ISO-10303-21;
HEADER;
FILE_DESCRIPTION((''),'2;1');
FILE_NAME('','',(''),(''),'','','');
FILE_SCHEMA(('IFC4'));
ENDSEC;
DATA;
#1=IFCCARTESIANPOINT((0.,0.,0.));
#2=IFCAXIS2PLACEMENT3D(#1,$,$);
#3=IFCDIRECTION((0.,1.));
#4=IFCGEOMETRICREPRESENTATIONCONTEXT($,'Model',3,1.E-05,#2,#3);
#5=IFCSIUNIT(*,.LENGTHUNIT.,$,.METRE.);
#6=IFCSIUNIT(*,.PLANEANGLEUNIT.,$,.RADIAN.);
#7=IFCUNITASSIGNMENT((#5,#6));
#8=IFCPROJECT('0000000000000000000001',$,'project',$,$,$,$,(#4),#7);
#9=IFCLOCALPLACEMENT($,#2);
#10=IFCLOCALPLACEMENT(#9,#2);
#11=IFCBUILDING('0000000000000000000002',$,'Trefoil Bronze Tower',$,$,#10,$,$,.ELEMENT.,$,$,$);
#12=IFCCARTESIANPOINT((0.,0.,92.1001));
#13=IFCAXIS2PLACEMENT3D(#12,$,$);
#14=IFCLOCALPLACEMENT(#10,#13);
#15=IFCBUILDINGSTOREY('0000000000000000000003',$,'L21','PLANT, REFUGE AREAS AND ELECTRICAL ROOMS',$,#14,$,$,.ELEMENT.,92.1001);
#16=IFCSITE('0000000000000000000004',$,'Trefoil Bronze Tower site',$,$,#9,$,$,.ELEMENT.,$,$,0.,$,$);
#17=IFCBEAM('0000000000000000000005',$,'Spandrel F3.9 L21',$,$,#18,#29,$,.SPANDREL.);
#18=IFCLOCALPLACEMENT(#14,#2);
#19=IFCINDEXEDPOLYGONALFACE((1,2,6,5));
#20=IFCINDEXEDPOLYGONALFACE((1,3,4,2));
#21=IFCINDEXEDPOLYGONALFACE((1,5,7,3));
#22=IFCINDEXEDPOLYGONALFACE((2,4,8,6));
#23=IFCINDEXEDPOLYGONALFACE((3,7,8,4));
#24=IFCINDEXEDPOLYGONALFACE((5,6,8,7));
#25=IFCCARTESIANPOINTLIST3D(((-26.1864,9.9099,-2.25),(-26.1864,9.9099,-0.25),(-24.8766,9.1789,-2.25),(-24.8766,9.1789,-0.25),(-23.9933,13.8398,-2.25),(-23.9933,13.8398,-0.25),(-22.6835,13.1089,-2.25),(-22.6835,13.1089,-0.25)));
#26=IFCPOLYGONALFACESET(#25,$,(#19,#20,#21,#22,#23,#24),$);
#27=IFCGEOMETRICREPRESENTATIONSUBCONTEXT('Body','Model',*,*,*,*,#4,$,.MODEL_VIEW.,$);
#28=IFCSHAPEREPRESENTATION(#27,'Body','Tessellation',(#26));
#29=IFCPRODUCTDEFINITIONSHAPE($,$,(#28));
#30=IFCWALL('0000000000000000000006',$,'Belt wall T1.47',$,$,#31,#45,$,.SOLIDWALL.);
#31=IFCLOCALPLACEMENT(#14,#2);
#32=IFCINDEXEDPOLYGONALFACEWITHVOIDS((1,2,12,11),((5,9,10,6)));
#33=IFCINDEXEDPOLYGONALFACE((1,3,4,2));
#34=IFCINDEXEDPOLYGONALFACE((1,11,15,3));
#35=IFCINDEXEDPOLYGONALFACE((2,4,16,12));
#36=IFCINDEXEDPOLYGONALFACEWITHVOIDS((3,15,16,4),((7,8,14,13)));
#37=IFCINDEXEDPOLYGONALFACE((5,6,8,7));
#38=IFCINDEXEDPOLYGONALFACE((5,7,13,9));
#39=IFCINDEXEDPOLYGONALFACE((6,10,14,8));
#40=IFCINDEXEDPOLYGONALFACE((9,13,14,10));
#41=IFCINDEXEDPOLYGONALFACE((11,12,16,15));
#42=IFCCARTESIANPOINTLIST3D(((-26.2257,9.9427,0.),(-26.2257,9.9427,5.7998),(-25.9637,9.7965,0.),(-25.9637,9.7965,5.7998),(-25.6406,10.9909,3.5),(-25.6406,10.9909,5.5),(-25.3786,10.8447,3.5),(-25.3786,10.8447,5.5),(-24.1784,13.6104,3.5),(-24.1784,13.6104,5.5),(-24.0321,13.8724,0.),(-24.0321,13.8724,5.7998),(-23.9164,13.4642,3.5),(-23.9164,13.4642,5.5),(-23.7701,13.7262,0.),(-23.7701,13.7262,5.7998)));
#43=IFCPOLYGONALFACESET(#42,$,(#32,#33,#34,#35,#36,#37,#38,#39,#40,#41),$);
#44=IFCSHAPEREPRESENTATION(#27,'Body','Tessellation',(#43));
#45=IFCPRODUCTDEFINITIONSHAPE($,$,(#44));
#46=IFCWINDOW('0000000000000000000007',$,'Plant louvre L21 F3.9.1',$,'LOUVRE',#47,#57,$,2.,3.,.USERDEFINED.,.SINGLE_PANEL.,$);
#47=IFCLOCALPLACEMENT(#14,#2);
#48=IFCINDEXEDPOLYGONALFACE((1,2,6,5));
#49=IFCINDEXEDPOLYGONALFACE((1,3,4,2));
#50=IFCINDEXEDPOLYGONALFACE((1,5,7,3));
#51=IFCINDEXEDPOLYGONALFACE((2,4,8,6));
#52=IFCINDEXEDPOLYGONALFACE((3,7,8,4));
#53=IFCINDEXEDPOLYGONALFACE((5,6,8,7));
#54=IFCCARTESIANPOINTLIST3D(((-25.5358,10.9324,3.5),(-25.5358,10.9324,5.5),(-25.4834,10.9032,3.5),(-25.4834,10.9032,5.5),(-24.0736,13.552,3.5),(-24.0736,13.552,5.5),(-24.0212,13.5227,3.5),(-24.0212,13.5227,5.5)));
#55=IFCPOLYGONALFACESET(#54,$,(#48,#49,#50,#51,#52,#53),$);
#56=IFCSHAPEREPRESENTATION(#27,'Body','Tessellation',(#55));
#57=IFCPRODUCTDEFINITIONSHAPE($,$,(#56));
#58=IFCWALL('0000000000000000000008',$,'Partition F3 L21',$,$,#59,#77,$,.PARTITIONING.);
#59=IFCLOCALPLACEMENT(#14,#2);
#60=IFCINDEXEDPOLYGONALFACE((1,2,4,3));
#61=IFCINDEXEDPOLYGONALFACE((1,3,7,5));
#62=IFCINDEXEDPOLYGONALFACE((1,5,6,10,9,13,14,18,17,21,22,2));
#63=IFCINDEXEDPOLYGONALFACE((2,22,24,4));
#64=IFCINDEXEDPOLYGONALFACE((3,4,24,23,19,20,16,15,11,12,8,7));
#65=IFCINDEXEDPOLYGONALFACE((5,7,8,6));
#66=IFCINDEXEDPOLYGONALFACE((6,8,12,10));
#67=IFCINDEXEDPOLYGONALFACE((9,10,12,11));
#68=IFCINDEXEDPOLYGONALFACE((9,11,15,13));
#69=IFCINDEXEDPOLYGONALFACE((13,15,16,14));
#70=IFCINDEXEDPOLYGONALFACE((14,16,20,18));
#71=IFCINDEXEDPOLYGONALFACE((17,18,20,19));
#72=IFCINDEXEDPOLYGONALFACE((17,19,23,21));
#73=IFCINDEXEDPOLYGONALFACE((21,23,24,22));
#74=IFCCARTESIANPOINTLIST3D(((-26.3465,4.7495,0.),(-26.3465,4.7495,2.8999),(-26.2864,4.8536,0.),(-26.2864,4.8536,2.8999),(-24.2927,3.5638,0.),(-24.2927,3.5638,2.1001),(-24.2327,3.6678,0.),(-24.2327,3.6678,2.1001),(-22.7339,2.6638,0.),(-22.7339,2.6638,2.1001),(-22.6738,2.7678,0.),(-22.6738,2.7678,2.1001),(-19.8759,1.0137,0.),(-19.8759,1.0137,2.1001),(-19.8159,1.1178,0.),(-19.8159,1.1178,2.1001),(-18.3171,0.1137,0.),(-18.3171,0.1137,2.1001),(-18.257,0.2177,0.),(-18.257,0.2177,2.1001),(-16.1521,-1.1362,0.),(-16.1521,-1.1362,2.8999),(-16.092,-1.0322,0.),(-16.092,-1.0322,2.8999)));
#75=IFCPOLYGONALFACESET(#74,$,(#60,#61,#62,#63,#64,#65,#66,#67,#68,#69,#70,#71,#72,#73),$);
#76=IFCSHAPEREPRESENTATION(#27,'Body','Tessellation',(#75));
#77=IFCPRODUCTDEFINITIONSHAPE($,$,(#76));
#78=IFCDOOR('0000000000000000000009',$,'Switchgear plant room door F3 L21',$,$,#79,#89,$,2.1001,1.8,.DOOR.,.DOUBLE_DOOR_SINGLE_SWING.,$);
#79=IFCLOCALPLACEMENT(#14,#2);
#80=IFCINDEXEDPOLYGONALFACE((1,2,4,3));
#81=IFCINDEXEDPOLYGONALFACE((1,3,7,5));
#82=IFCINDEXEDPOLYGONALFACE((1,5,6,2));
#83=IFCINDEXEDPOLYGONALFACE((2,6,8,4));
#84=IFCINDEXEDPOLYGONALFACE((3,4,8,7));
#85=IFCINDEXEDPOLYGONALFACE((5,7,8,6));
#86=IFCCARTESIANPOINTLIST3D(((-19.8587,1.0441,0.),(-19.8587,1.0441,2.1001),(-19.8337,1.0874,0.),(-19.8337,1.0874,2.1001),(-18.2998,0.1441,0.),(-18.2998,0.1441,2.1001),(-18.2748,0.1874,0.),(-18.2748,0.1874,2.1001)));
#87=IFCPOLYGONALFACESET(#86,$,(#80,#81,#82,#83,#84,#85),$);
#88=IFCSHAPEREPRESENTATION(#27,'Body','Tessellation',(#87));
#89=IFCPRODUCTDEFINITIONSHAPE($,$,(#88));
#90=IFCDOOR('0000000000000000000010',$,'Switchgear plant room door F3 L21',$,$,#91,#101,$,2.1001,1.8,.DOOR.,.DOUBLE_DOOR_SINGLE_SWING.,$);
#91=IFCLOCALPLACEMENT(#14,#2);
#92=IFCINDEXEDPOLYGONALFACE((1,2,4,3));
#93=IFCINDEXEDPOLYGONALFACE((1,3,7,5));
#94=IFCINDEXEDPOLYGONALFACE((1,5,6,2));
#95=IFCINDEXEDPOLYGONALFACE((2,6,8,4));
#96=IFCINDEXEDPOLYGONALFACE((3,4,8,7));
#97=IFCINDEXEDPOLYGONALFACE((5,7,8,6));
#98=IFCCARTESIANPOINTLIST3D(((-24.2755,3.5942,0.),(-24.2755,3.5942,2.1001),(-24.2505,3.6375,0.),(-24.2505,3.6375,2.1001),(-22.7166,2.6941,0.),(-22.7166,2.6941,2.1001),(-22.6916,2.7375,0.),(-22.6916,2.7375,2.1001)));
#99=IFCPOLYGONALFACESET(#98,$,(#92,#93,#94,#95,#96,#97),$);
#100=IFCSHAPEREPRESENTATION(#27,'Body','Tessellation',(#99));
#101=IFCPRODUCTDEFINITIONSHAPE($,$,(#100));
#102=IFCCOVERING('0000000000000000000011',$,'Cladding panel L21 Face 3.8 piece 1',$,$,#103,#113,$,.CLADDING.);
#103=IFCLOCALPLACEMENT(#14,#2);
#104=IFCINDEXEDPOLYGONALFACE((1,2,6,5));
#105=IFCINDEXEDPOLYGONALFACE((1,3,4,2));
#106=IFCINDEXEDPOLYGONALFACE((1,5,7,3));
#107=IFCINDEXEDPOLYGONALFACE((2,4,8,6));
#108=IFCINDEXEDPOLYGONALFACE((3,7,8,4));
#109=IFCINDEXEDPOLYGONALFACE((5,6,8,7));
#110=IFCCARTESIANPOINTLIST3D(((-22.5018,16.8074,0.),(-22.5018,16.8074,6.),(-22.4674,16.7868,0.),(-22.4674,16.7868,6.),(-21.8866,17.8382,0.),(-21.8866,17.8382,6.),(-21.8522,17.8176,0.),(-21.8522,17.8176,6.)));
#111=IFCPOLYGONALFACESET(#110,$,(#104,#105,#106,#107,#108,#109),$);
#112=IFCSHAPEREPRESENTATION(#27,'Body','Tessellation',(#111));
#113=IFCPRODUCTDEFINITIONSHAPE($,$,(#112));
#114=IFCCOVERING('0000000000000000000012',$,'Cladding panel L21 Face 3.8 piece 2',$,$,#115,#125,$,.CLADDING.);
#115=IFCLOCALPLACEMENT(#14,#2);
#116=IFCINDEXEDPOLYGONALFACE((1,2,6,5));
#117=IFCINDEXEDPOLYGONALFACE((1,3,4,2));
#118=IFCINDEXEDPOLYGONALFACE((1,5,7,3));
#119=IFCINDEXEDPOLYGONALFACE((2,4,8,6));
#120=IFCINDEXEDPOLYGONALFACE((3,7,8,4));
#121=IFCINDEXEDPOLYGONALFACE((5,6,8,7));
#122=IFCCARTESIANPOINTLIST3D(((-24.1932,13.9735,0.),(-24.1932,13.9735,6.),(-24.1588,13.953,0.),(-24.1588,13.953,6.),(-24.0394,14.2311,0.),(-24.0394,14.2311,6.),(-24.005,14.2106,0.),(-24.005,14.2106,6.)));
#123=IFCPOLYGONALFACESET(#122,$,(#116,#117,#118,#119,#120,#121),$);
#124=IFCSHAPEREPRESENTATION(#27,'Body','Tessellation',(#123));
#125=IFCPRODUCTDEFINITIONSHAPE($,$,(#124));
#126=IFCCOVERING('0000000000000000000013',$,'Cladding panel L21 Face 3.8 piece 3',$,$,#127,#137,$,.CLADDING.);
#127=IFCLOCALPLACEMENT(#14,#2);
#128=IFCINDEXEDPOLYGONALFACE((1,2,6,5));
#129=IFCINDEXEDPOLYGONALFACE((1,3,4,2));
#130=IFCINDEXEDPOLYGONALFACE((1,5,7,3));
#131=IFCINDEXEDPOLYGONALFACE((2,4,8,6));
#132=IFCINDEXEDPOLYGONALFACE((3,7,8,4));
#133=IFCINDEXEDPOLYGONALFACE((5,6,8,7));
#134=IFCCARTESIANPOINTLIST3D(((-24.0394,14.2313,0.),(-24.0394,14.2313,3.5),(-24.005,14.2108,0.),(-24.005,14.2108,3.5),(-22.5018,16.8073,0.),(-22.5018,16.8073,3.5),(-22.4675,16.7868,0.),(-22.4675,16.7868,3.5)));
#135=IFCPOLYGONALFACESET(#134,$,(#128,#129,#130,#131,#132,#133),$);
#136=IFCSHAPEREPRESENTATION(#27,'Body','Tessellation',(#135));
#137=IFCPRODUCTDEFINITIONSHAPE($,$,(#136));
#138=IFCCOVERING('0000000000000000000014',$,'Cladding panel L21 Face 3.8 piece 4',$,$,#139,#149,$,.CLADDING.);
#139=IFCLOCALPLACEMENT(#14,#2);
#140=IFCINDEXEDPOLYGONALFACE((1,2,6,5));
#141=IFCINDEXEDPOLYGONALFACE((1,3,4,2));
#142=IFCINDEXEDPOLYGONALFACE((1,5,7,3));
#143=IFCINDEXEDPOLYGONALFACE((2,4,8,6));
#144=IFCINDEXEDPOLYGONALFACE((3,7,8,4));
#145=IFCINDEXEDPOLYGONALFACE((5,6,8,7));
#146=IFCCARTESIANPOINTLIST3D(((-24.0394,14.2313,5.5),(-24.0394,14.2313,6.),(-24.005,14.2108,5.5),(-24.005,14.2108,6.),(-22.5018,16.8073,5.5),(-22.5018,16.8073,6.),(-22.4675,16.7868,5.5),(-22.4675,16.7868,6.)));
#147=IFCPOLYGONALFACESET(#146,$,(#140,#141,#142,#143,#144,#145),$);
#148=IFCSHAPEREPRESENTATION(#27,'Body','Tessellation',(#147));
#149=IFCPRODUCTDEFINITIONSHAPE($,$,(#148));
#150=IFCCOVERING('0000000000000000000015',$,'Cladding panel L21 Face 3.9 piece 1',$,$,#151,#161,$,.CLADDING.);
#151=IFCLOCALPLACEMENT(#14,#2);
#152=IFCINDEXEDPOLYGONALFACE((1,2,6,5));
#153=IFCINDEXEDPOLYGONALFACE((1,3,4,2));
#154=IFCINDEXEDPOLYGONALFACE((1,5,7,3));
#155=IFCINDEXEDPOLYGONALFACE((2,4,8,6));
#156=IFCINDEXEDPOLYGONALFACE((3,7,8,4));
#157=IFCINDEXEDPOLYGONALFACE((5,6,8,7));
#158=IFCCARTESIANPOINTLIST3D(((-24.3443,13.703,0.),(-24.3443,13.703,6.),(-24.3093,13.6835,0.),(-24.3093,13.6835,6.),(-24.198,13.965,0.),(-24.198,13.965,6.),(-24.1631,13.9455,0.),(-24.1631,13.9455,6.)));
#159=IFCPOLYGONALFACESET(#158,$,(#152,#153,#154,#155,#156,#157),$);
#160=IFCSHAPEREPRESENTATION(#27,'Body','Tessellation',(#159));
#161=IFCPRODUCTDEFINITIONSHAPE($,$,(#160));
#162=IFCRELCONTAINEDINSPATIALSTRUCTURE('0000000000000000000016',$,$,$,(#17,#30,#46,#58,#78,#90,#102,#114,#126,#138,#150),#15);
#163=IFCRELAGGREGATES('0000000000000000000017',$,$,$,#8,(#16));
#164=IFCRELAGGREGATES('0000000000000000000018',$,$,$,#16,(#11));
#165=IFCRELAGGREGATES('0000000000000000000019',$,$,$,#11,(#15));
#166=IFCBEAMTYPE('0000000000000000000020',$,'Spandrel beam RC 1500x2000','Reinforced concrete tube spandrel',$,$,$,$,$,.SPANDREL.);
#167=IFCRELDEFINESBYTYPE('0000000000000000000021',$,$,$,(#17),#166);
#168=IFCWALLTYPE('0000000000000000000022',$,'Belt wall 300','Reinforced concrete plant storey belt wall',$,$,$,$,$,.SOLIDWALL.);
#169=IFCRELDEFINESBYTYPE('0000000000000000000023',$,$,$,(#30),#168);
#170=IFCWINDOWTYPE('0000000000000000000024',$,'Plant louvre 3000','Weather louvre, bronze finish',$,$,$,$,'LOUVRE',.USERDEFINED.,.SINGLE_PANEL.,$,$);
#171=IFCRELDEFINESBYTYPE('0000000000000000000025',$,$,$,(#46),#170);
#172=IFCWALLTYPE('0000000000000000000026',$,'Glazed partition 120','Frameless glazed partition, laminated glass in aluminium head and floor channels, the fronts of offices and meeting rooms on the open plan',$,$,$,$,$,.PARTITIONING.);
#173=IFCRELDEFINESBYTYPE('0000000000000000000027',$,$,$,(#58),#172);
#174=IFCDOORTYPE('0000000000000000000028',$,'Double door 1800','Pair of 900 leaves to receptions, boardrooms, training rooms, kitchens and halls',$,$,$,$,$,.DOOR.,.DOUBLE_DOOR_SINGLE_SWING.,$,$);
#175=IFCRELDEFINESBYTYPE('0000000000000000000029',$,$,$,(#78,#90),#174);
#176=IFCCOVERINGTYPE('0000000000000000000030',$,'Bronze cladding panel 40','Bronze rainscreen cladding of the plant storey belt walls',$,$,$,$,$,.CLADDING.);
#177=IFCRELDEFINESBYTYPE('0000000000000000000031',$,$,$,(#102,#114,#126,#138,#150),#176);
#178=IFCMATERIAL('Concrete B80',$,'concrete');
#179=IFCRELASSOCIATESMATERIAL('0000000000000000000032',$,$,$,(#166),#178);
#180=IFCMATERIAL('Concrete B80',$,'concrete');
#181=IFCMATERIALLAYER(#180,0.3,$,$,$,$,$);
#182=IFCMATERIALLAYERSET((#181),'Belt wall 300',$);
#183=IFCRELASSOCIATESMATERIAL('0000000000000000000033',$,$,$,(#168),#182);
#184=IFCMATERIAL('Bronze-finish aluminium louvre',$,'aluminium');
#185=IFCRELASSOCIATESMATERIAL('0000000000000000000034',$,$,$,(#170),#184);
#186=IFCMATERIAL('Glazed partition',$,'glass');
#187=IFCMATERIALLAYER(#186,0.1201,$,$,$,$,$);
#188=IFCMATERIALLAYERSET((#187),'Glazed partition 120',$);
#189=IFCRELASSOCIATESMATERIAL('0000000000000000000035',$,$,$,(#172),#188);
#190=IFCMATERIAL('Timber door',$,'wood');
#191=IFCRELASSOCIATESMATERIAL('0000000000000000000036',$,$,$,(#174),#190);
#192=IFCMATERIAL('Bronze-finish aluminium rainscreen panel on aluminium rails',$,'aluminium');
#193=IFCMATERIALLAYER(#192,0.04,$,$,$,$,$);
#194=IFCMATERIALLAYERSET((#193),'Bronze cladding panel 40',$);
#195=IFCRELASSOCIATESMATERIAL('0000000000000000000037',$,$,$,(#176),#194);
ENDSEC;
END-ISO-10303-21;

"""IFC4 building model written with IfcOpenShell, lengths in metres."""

from ifc_helpers import new_model, si_unit, direction, frame, frame_2d, origin, origin_2d, place, context, subcontext, project, spatial, rectangle, extrude, material, layer, layer_set, material_profile, profile_set, type_object, element, fill, save


model = new_model("IFC4")

# Units and contexts
model_context = context("Model", 3, precision=1e-05, world=origin(), true_north=direction((0.0, 1.0)))
body_context = subcontext(model_context, "Body", "Model", "MODEL_VIEW")
ifc_project = project(units=[si_unit("LENGTHUNIT", "METRE"), si_unit("PLANEANGLEUNIT", "RADIAN")], contexts=[model_context])

# Site, building, storey
site_placement = place(None, origin())
site = spatial("IfcSite", under=ifc_project, at=site_placement, Name="Trefoil Bronze Tower site", CompositionType="ELEMENT", RefElevation=0.0)
building_placement = place(site_placement, origin())
building = spatial("IfcBuilding", under=site, at=building_placement, Name="Trefoil Bronze Tower", CompositionType="ELEMENT")
storey_placement = place(building_placement, frame((0.0, 0.0, 92.1001)))
storey = spatial("IfcBuildingStorey", under=building, at=storey_placement, Name="L21", Description="PLANT, REFUGE AREAS AND ELECTRICAL ROOMS", CompositionType="ELEMENT", Elevation=92.1001)

# Beam
ifc_material_1 = material(Name="Concrete B80", Category="concrete")
ifc_material_profile_1 = material_profile(ifc_material_1, rectangle(XDim=1.5, YDim=2.0, at=origin_2d()), Name="RC 1500x2000")
ifc_profile_set_1 = profile_set([ifc_material_profile_1], Name="Concrete B80")
beam_type_1 = type_object("IfcBeamType", Name="Spandrel beam RC 1500x2000", Description="Reinforced concrete tube spandrel", PredefinedType="SPANDREL", material=ifc_profile_set_1)
beam_1_placement = place(storey_placement, frame((-23.3384, 13.4744, -1.25), z_axis=(-0.487309, -0.873229, 0.0), x_axis=(0.873229, -0.487309, 0.0)))
element("IfcBeam", 1, at=beam_1_placement, inside=storey, type_object=beam_type_1, Name="Spandrel F3.9 L21", PredefinedType="SPANDREL", context=body_context, shape_type="SweptSolid", body=[
    extrude(rectangle(XDim=1.5, YDim=2.0, at=origin_2d()), origin(), (0.0, 0.0, 1.0), 4.5005),
])

# Wall, opening, window
ifc_material_2 = material(Name="Concrete B80", Category="concrete")
ifc_layer_1 = layer(ifc_material_2, 0.3)
ifc_layer_set_1 = layer_set([ifc_layer_1], Name="Belt wall 300")
wall_type_1 = type_object("IfcWallType", Name="Belt wall 300", Description="Reinforced concrete plant storey belt wall", PredefinedType="SOLIDWALL", material=ifc_layer_set_1)
wall_1_placement = place(storey_placement, frame((-23.9011, 13.7993, 0.0), z_axis=(0.0, 0.0, 1.0), x_axis=(-0.487415, -0.87317, 0.0)))
wall_1 = element("IfcWall", 2, at=wall_1_placement, inside=storey, type_object=wall_type_1, Name="Belt wall T1.47", PredefinedType="SOLIDWALL", context=body_context, shape_type="SweptSolid", body=[
    extrude(rectangle(XDim=4.5005, YDim=0.3, at=frame_2d((2.2502, 0.0))), origin(), (0.0, 0.0, 1.0), 5.7998),
])
opening_1_placement = place(wall_1_placement, frame((0.3, 0.0, 3.5)))
opening_1 = element("IfcOpeningElement", 3, at=opening_1_placement, cuts=wall_1, PredefinedType="OPENING", context=body_context, shape_type="SweptSolid", body=[
    extrude(rectangle(XDim=3.0, YDim=2.0, at=frame_2d((1.5, 1.0))), frame((0.0, 0.1599, 0.0), z_axis=(0.0, -1.0, 0.0), x_axis=(1.0, 0.0, 0.0)), (0.0, 0.0, 1.0), 0.3201),
])
ifc_material_3 = material(Name="Bronze-finish aluminium louvre", Category="aluminium")
window_type = type_object("IfcWindowType", Name="Plant louvre 3000", Description="Weather louvre, bronze finish", ElementType="LOUVRE", PartitioningType="SINGLE_PANEL", PredefinedType="USERDEFINED", material=ifc_material_3)
window_placement = place(opening_1_placement, origin())
window = element("IfcWindow", 4, at=window_placement, inside=storey, type_object=window_type, Name="Plant louvre L21 F3.9.1", ObjectType="LOUVRE", OverallHeight=2.0, OverallWidth=3.0, PartitioningType="SINGLE_PANEL", PredefinedType="USERDEFINED", context=body_context, shape_type="SweptSolid", body=[
    extrude(rectangle(XDim=3.0, YDim=2.0, at=frame_2d((1.5, 1.0))), frame((0.0, 0.03, 0.0), z_axis=(0.0, -1.0, 0.0), x_axis=(1.0, 0.0, 0.0)), (0.0, 0.0, 1.0), 0.0601),
])
fill(opening_1, window)

# Wall, openings, doors
ifc_material_4 = material(Name="Glazed partition", Category="glass")
ifc_layer_2 = layer(ifc_material_4, 0.1201)
ifc_layer_set_2 = layer_set([ifc_layer_2], Name="Glazed partition 120")
wall_type_2 = type_object("IfcWallType", Name="Glazed partition 120", Description="Frameless glazed partition, laminated glass in aluminium head and floor channels, the fronts of offices and meeting rooms on the open plan", PredefinedType="PARTITIONING", material=ifc_layer_set_2)
wall_2_placement = place(storey_placement, frame((-16.1221, -1.0842, 0.0), z_axis=(0.0, 0.0, 1.0), x_axis=(-0.866024, 0.500003, 0.0)))
wall_2 = element("IfcWall", 5, at=wall_2_placement, inside=storey, type_object=wall_type_2, Name="Partition F3 L21", PredefinedType="PARTITIONING", context=body_context, shape_type="SweptSolid", body=[
    extrude(rectangle(XDim=11.7715, YDim=0.1201, at=frame_2d((5.8857, 0.0))), origin(), (0.0, 0.0, 1.0), 2.8999),
])
opening_2_placement = place(wall_2_placement, frame((2.5, 0.0, 0.0)))
opening_2 = element("IfcOpeningElement", 6, at=opening_2_placement, cuts=wall_2, PredefinedType="OPENING", context=body_context, shape_type="SweptSolid", body=[
    extrude(rectangle(XDim=1.8, YDim=2.1001, at=frame_2d((0.8999, 1.05))), frame((0.0, 0.0701, 0.0), z_axis=(0.0, -1.0, 0.0), x_axis=(1.0, 0.0, 0.0)), (0.0, 0.0, 1.0), 0.1401),
])
opening_3_placement = place(wall_2_placement, frame((7.6001, 0.0, 0.0)))
opening_3 = element("IfcOpeningElement", 7, at=opening_3_placement, cuts=wall_2, PredefinedType="OPENING", context=body_context, shape_type="SweptSolid", body=[
    extrude(rectangle(XDim=1.8, YDim=2.1001, at=frame_2d((0.8999, 1.05))), frame((0.0, 0.0701, 0.0), z_axis=(0.0, -1.0, 0.0), x_axis=(1.0, 0.0, 0.0)), (0.0, 0.0, 1.0), 0.1401),
])
ifc_material_5 = material(Name="Timber door", Category="wood")
door_type = type_object("IfcDoorType", Name="Double door 1800", Description="Pair of 900 leaves to receptions, boardrooms, training rooms, kitchens and halls", OperationType="DOUBLE_DOOR_SINGLE_SWING", PredefinedType="DOOR", material=ifc_material_5)
door_1_placement = place(opening_2_placement, frame((1.8, 0.0, 0.0), z_axis=(0.0, 0.0, 1.0), x_axis=(-1.0, 0.0, 0.0)))
door_1 = element("IfcDoor", 8, at=door_1_placement, inside=storey, type_object=door_type, Name="Switchgear plant room door F3 L21", OperationType="DOUBLE_DOOR_SINGLE_SWING", OverallHeight=2.1001, OverallWidth=1.8, PredefinedType="DOOR", context=body_context, shape_type="SweptSolid", body=[
    extrude(rectangle(XDim=1.8, YDim=2.1001, at=frame_2d((0.8999, 1.05))), frame((0.0, 0.0249, 0.0), z_axis=(0.0, -1.0, 0.0), x_axis=(1.0, 0.0, 0.0)), (0.0, 0.0, 1.0), 0.05),
])
fill(opening_2, door_1)
door_2_placement = place(opening_3_placement, frame((1.8, 0.0, 0.0), z_axis=(0.0, 0.0, 1.0), x_axis=(-1.0, 0.0, 0.0)))
door_2 = element("IfcDoor", 9, at=door_2_placement, inside=storey, type_object=door_type, Name="Switchgear plant room door F3 L21", OperationType="DOUBLE_DOOR_SINGLE_SWING", OverallHeight=2.1001, OverallWidth=1.8, PredefinedType="DOOR", context=body_context, shape_type="SweptSolid", body=[
    extrude(rectangle(XDim=1.8, YDim=2.1001, at=frame_2d((0.8999, 1.05))), frame((0.0, 0.0249, 0.0), z_axis=(0.0, -1.0, 0.0), x_axis=(1.0, 0.0, 0.0)), (0.0, 0.0, 1.0), 0.05),
])
fill(opening_3, door_2)

# Coverings
ifc_material_6 = material(Name="Bronze-finish aluminium rainscreen panel on aluminium rails", Category="aluminium")
ifc_layer_3 = layer(ifc_material_6, 0.04)
ifc_layer_set_3 = layer_set([ifc_layer_3], Name="Bronze cladding panel 40")
covering_type_1 = type_object("IfcCoveringType", Name="Bronze cladding panel 40", Description="Bronze rainscreen cladding of the plant storey belt walls", PredefinedType="CLADDING", material=ifc_layer_set_3)
covering_1_placement = place(storey_placement, frame((-22.177, 17.3125, 0.0), z_axis=(0.0, 0.0, 1.0), x_axis=(-0.512513, -0.85868, 0.0)))
element("IfcCovering", 10, at=covering_1_placement, inside=storey, type_object=covering_type_1, Name="Cladding panel L21 Face 3.8 piece 1", PredefinedType="CLADDING", context=body_context, shape_type="SweptSolid", body=[
    extrude(rectangle(XDim=1.2004, YDim=0.04, at=origin_2d()), origin(), (0.0, 0.0, 1.0), 6.0),
])
covering_2_placement = place(storey_placement, frame((-24.0991, 14.092, 0.0), z_axis=(0.0, 0.0, 1.0), x_axis=(-0.512513, -0.85868, 0.0)))
element("IfcCovering", 11, at=covering_2_placement, inside=storey, type_object=covering_type_1, Name="Cladding panel L21 Face 3.8 piece 2", PredefinedType="CLADDING", context=body_context, shape_type="SweptSolid", body=[
    extrude(rectangle(XDim=0.3, YDim=0.04, at=origin_2d()), origin(), (0.0, 0.0, 1.0), 6.0),
])
covering_3_placement = place(storey_placement, frame((-23.2534, 15.509, 0.0), z_axis=(0.0, 0.0, 1.0), x_axis=(-0.512513, -0.85868, 0.0)))
element("IfcCovering", 12, at=covering_3_placement, inside=storey, type_object=covering_type_1, Name="Cladding panel L21 Face 3.8 piece 3", PredefinedType="CLADDING", context=body_context, shape_type="SweptSolid", body=[
    extrude(rectangle(XDim=3.0, YDim=0.04, at=origin_2d()), origin(), (0.0, 0.0, 1.0), 3.5),
])
covering_4_placement = place(storey_placement, frame((-23.2534, 15.509, 5.5), z_axis=(0.0, 0.0, 1.0), x_axis=(-0.512513, -0.85868, 0.0)))
element("IfcCovering", 13, at=covering_4_placement, inside=storey, type_object=covering_type_1, Name="Cladding panel L21 Face 3.8 piece 4", PredefinedType="CLADDING", context=body_context, shape_type="SweptSolid", body=[
    extrude(rectangle(XDim=3.0, YDim=0.04, at=origin_2d()), origin(), (0.0, 0.0, 1.0), 0.5),
])
covering_5_placement = place(storey_placement, frame((-24.2537, 13.8242, 0.0), z_axis=(0.0, 0.0, 1.0), x_axis=(-0.487382, -0.873189, 0.0)))
element("IfcCovering", 14, at=covering_5_placement, inside=storey, type_object=covering_type_1, Name="Cladding panel L21 Face 3.9 piece 1", PredefinedType="CLADDING", context=body_context, shape_type="SweptSolid", body=[
    extrude(rectangle(XDim=0.3, YDim=0.04, at=origin_2d()), origin(), (0.0, 0.0, 1.0), 6.0),
])

save(model, "model.ifc")
